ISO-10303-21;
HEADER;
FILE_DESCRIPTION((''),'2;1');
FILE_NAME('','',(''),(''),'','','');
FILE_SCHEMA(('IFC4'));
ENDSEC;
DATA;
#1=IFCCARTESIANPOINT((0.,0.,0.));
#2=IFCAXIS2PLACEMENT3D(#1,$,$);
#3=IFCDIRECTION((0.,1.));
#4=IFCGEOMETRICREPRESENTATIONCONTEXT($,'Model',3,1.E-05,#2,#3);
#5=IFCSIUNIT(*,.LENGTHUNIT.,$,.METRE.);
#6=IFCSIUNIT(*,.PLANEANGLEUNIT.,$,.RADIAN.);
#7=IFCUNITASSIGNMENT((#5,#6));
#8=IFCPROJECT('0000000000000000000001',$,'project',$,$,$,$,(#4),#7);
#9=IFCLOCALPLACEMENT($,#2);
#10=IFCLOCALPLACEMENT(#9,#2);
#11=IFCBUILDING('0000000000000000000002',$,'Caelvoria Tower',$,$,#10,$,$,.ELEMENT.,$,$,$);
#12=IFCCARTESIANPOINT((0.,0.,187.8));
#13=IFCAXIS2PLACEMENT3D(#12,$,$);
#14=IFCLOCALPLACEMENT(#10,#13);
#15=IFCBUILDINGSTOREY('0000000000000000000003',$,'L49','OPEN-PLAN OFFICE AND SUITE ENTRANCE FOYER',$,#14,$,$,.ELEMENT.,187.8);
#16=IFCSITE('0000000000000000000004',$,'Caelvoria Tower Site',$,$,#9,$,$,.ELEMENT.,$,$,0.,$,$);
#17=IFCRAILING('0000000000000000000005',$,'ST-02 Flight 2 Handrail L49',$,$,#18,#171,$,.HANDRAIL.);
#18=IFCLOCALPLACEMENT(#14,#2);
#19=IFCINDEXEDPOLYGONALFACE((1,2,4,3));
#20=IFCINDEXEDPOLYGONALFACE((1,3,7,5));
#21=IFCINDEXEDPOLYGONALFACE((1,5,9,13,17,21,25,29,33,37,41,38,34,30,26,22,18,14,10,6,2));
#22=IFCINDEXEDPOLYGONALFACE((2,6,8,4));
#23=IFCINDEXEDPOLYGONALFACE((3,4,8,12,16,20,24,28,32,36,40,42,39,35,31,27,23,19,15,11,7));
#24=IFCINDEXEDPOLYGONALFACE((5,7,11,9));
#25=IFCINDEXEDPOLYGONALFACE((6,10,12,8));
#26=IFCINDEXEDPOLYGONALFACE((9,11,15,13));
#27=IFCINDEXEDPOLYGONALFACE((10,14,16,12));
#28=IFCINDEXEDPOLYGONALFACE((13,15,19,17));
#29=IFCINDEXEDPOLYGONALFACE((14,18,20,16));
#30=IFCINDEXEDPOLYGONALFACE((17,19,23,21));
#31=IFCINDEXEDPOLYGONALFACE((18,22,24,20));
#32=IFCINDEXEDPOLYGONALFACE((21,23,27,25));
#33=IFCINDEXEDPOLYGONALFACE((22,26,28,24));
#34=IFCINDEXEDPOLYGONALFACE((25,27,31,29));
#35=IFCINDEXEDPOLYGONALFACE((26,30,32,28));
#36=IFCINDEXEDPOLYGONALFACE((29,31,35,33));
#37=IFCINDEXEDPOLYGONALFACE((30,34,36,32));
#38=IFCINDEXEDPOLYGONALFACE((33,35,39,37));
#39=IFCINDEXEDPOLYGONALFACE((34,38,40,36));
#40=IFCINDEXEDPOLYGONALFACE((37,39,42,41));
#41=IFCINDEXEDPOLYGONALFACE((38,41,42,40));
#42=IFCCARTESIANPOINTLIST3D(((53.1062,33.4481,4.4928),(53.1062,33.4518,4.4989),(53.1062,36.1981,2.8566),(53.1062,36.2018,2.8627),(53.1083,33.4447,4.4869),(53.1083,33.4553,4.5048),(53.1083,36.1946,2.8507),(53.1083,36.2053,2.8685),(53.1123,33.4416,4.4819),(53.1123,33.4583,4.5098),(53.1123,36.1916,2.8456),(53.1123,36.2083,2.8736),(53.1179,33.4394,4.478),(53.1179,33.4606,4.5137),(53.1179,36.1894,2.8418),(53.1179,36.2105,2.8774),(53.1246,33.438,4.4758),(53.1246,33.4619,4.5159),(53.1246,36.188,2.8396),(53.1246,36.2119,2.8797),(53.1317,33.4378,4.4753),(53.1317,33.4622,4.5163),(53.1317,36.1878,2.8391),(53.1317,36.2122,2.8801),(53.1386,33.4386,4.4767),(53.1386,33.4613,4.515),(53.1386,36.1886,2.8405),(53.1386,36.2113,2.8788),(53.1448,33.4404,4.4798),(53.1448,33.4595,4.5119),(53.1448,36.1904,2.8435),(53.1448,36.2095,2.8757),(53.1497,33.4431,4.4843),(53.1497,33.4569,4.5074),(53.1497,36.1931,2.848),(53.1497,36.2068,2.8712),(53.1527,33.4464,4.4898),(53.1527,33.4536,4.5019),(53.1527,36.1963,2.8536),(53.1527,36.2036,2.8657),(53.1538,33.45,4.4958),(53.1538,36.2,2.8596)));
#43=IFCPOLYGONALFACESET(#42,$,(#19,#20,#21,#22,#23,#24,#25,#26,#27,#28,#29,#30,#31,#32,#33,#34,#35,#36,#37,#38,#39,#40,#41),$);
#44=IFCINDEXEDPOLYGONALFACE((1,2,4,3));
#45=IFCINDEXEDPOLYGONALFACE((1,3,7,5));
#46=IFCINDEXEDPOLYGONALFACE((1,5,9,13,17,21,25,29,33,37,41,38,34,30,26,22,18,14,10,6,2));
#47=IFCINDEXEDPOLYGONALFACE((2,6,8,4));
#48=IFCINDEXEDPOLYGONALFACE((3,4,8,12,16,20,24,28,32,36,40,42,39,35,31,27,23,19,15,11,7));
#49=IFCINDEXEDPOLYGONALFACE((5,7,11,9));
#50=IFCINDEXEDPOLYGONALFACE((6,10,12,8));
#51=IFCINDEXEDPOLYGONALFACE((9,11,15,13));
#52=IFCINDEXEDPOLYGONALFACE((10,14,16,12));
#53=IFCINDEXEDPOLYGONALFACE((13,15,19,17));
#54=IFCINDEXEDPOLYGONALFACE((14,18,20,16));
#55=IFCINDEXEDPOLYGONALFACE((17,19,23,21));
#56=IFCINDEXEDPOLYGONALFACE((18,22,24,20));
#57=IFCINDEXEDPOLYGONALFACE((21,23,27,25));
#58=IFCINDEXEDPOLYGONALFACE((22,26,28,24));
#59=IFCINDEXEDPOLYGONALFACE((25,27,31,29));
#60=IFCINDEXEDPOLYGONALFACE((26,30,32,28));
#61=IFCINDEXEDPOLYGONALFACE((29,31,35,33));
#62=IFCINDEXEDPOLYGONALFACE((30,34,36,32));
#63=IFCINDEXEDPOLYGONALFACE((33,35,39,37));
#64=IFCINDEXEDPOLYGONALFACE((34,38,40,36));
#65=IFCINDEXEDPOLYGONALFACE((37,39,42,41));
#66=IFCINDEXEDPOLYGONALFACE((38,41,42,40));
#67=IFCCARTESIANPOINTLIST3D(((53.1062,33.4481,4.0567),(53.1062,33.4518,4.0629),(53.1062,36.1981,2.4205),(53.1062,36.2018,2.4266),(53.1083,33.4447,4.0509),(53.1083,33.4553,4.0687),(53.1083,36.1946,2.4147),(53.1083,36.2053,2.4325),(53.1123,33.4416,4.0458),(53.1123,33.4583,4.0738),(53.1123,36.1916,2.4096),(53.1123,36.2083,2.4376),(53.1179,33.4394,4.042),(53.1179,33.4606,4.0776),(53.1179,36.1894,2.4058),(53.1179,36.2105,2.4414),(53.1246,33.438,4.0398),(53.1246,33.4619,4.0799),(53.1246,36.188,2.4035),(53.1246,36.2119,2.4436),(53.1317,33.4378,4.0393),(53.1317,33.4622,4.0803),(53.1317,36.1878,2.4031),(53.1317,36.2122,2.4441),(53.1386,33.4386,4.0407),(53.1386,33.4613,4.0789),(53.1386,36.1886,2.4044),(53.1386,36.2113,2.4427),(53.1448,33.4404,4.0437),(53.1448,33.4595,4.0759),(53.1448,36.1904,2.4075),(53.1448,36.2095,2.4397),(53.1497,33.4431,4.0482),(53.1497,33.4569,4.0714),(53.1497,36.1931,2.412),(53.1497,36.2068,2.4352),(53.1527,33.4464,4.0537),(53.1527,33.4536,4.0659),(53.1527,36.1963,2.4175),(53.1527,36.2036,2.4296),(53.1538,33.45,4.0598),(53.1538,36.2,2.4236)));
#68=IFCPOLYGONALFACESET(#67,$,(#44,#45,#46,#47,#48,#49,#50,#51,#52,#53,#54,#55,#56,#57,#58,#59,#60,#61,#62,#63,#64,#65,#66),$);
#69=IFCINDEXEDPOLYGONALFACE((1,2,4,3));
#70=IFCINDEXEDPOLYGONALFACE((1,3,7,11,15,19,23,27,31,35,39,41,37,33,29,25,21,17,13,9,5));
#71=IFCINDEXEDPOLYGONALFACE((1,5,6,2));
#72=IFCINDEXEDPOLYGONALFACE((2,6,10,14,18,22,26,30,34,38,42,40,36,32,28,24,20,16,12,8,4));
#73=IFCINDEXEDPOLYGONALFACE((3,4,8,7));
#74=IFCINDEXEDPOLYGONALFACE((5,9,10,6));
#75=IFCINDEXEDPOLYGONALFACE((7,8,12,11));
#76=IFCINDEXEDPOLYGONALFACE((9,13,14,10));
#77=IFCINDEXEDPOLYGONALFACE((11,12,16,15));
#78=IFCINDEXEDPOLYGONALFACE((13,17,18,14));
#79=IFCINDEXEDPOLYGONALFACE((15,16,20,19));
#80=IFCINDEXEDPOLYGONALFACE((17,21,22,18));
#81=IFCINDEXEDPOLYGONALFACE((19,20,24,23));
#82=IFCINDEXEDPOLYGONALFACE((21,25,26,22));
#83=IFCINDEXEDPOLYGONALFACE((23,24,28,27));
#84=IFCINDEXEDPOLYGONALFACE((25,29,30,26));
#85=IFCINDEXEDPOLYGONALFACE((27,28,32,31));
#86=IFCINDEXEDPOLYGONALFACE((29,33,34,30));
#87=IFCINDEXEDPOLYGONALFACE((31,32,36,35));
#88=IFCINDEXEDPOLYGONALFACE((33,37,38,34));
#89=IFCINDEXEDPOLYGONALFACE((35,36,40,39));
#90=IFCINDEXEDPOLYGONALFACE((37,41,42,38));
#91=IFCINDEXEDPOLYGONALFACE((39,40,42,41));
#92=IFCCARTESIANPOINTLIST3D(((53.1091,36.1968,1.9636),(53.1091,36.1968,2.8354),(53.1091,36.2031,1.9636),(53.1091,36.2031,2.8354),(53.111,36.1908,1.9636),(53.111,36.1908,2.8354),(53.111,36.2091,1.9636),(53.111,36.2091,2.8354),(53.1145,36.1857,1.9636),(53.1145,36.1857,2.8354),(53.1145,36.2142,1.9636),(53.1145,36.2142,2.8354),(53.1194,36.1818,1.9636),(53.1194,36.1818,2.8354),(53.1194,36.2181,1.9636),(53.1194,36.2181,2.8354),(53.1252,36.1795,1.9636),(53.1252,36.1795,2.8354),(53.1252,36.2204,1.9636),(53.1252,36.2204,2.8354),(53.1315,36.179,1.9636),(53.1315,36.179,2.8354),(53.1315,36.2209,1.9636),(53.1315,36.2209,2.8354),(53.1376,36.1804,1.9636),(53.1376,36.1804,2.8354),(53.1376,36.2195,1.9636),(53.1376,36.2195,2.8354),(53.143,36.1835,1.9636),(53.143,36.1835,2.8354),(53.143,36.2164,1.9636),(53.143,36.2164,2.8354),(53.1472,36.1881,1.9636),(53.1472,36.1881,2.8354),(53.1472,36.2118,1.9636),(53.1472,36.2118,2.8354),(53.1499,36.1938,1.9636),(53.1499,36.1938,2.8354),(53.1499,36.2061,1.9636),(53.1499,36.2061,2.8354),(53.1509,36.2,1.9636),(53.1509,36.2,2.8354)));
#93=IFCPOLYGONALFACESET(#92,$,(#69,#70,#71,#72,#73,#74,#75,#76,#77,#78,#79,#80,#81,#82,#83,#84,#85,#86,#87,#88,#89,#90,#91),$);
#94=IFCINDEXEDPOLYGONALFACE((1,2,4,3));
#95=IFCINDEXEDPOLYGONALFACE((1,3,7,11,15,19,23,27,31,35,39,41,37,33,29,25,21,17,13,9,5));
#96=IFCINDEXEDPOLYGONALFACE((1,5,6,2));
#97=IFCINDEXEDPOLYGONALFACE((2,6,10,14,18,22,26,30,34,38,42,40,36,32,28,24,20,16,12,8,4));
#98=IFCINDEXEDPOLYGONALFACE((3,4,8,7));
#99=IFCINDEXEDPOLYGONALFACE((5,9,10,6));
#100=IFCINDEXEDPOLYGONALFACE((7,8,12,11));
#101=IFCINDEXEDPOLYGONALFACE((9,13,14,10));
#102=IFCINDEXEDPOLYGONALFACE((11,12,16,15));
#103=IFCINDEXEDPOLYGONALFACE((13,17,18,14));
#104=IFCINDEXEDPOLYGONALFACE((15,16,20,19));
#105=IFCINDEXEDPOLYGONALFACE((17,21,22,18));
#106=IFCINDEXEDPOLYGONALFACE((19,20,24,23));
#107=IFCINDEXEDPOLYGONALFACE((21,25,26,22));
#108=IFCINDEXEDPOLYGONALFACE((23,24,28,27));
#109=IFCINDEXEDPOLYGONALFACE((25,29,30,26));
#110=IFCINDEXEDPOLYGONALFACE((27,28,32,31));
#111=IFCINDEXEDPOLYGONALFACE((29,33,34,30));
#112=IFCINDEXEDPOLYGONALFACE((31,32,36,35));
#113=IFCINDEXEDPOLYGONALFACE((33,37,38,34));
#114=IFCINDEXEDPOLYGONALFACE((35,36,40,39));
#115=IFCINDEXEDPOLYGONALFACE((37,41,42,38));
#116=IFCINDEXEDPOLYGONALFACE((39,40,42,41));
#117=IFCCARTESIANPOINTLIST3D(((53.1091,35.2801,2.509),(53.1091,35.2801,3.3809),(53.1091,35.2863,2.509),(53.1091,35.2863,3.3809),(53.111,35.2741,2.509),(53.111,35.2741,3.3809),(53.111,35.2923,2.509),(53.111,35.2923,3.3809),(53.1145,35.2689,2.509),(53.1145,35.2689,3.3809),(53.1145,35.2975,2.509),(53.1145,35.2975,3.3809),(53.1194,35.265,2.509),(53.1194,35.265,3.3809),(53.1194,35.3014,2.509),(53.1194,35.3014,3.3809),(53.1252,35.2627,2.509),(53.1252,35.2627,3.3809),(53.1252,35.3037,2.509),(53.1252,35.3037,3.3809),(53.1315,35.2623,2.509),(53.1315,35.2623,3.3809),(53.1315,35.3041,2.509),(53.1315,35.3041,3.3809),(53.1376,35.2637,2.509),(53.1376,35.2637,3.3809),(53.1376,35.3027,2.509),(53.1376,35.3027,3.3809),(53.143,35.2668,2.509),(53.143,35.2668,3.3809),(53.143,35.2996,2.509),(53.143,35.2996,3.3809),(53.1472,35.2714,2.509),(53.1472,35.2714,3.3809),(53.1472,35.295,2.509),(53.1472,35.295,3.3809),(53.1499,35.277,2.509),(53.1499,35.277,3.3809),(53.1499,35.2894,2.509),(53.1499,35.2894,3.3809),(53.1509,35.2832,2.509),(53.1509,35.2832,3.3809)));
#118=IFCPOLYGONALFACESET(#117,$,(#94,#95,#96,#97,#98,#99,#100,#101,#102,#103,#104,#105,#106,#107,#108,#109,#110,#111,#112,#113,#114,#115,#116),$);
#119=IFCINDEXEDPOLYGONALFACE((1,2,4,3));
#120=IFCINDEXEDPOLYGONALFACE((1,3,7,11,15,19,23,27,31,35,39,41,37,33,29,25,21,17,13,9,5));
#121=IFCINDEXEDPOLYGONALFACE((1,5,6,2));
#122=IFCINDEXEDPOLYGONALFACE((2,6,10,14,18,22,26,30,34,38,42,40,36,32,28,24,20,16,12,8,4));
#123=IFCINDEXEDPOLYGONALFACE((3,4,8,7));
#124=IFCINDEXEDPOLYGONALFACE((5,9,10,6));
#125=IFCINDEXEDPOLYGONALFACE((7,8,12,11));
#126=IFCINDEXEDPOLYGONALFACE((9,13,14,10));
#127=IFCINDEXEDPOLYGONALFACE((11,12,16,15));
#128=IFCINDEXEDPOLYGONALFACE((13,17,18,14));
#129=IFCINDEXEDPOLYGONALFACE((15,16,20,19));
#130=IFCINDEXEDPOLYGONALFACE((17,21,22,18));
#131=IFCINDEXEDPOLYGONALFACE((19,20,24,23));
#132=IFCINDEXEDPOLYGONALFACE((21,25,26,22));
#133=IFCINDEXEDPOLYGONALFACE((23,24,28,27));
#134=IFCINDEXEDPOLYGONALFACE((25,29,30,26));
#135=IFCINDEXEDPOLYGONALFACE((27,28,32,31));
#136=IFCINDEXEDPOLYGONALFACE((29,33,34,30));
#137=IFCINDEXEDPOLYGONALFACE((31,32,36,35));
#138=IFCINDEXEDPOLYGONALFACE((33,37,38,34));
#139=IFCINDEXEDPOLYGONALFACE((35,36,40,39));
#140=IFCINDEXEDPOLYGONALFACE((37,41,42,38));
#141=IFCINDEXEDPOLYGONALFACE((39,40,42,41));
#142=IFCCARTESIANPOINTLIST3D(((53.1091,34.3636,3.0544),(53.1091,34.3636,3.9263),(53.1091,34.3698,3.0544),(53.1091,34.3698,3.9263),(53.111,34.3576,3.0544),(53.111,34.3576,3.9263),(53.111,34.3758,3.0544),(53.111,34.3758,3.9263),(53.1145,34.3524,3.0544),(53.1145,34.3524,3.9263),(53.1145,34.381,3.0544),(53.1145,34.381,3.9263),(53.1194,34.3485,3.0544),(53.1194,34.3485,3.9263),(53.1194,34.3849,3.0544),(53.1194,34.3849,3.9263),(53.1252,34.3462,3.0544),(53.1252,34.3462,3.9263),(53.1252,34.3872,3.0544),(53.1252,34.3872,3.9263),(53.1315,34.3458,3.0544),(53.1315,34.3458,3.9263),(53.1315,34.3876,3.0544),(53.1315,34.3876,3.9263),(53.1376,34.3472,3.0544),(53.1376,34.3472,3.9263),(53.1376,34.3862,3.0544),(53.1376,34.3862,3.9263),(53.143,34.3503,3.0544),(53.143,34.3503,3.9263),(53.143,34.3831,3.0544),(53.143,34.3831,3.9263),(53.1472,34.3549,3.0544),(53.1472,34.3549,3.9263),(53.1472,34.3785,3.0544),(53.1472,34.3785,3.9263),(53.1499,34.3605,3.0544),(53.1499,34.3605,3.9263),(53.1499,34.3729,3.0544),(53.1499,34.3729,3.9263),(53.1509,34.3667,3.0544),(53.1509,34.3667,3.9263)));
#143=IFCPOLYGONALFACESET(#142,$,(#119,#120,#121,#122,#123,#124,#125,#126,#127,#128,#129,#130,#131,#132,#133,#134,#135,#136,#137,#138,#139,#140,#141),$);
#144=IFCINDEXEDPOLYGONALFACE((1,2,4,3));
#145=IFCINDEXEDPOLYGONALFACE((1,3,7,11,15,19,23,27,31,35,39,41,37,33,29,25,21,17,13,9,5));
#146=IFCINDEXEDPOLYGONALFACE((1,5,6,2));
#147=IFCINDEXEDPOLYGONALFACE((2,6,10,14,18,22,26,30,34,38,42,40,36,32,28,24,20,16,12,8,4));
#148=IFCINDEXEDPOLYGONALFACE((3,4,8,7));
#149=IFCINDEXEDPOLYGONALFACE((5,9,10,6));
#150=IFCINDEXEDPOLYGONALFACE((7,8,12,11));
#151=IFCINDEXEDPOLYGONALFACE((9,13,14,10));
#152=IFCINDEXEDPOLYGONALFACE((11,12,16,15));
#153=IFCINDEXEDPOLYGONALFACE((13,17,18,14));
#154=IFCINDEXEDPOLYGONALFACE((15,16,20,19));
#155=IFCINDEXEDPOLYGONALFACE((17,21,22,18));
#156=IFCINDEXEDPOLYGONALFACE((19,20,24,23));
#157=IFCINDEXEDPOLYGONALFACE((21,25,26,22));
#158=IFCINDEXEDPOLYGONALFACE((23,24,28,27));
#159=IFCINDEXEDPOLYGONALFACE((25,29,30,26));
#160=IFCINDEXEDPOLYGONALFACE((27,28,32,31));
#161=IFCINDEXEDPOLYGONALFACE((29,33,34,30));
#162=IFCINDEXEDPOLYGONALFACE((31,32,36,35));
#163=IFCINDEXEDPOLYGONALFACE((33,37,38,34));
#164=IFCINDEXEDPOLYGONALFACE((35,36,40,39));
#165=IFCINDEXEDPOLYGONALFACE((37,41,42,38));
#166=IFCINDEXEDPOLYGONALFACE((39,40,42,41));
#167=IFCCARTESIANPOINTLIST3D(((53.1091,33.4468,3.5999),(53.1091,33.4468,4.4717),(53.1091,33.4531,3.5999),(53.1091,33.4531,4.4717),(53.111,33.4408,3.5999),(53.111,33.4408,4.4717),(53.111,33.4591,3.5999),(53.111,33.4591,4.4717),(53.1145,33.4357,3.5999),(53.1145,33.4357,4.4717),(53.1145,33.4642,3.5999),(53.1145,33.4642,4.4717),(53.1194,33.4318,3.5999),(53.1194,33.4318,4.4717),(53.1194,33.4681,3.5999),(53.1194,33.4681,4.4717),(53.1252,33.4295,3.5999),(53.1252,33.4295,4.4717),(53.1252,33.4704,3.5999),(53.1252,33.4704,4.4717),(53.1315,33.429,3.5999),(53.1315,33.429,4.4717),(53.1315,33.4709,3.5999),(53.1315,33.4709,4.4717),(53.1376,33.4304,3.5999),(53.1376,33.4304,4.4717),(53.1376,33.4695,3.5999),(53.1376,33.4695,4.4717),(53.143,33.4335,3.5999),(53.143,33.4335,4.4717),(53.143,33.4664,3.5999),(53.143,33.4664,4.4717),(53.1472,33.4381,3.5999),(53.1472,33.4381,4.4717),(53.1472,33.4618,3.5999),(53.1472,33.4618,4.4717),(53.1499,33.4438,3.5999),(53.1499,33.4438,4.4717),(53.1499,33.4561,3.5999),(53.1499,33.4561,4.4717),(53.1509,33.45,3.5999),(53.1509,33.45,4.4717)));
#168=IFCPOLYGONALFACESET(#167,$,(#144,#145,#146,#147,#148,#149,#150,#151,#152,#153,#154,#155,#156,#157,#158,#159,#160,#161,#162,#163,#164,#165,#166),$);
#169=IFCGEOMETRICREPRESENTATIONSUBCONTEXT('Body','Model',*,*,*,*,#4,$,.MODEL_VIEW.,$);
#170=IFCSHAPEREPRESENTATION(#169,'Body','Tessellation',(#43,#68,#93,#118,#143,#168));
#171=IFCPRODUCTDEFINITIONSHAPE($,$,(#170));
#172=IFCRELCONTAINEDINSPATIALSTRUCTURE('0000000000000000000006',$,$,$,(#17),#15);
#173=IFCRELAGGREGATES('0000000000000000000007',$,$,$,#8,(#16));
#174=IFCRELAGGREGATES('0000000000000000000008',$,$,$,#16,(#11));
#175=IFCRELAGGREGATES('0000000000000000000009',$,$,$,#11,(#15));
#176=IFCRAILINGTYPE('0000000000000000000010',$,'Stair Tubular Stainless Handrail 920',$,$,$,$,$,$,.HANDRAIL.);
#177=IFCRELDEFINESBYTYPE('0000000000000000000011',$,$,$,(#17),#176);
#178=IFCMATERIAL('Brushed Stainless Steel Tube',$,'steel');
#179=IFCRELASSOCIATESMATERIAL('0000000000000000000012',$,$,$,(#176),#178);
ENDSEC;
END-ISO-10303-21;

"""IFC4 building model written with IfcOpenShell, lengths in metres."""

from ifc_helpers import new_model, si_unit, direction, frame, origin, origin_2d, place, context, subcontext, project, spatial, circle, extrude, material, type_object, element, save


model = new_model("IFC4")

# Units and contexts
model_context = context("Model", 3, precision=1e-05, world=origin(), true_north=direction((0.0, 1.0)))
body_context = subcontext(model_context, "Body", "Model", "MODEL_VIEW")
ifc_project = project(units=[si_unit("LENGTHUNIT", "METRE"), si_unit("PLANEANGLEUNIT", "RADIAN")], contexts=[model_context])

# Site, building, storey
site_placement = place(None, origin())
site = spatial("IfcSite", under=ifc_project, at=site_placement, Name="Caelvoria Tower Site", CompositionType="ELEMENT", RefElevation=0.0)
building_placement = place(site_placement, origin())
building = spatial("IfcBuilding", under=site, at=building_placement, Name="Caelvoria Tower", CompositionType="ELEMENT")
storey_placement = place(building_placement, frame((0.0, 0.0, 187.8)))
storey = spatial("IfcBuildingStorey", under=building, at=storey_placement, Name="L49", Description="OPEN-PLAN OFFICE AND SUITE ENTRANCE FOYER", CompositionType="ELEMENT", Elevation=187.8)

# Railing
ifc_material_1 = material(Name="Brushed Stainless Steel Tube", Category="steel")
railing_type_1 = type_object("IfcRailingType", Name="Stair Tubular Stainless Handrail 920", PredefinedType="HANDRAIL", material=ifc_material_1)
railing_1_placement = place(storey_placement, frame((53.1299, 36.2, 1.9636)))
element("IfcRailing", 1, at=railing_1_placement, inside=storey, type_object=railing_type_1, Name="ST-02 Flight 2 Handrail L49", PredefinedType="HANDRAIL", context=body_context, shape_type="SweptSolid", body=[
    extrude(circle(Radius=0.0239, at=origin_2d()), frame((0.0, 0.0, 0.896), z_axis=(0.0, -0.859385, 0.511328), x_axis=(1.0, 0.0, 0.0)), (0.0, 0.0, 1.0), 3.2),
    extrude(circle(Radius=0.0239, at=origin_2d()), frame((0.0, 0.0, 0.46), z_axis=(0.0, -0.859385, 0.511328), x_axis=(1.0, 0.0, 0.0)), (0.0, 0.0, 1.0), 3.2),
    extrude(circle(Radius=0.021, at=origin_2d()), origin(), (0.0, 0.0, 1.0), 0.8718),
    extrude(circle(Radius=0.021, at=origin_2d()), frame((0.0, -0.9167, 0.5454)), (0.0, 0.0, 1.0), 0.8718),
    extrude(circle(Radius=0.021, at=origin_2d()), frame((0.0, -1.8333, 1.0908)), (0.0, 0.0, 1.0), 0.8718),
    extrude(circle(Radius=0.021, at=origin_2d()), frame((0.0, -2.75, 1.6362)), (0.0, 0.0, 1.0), 0.8718),
])

save(model, "model.ifc")
